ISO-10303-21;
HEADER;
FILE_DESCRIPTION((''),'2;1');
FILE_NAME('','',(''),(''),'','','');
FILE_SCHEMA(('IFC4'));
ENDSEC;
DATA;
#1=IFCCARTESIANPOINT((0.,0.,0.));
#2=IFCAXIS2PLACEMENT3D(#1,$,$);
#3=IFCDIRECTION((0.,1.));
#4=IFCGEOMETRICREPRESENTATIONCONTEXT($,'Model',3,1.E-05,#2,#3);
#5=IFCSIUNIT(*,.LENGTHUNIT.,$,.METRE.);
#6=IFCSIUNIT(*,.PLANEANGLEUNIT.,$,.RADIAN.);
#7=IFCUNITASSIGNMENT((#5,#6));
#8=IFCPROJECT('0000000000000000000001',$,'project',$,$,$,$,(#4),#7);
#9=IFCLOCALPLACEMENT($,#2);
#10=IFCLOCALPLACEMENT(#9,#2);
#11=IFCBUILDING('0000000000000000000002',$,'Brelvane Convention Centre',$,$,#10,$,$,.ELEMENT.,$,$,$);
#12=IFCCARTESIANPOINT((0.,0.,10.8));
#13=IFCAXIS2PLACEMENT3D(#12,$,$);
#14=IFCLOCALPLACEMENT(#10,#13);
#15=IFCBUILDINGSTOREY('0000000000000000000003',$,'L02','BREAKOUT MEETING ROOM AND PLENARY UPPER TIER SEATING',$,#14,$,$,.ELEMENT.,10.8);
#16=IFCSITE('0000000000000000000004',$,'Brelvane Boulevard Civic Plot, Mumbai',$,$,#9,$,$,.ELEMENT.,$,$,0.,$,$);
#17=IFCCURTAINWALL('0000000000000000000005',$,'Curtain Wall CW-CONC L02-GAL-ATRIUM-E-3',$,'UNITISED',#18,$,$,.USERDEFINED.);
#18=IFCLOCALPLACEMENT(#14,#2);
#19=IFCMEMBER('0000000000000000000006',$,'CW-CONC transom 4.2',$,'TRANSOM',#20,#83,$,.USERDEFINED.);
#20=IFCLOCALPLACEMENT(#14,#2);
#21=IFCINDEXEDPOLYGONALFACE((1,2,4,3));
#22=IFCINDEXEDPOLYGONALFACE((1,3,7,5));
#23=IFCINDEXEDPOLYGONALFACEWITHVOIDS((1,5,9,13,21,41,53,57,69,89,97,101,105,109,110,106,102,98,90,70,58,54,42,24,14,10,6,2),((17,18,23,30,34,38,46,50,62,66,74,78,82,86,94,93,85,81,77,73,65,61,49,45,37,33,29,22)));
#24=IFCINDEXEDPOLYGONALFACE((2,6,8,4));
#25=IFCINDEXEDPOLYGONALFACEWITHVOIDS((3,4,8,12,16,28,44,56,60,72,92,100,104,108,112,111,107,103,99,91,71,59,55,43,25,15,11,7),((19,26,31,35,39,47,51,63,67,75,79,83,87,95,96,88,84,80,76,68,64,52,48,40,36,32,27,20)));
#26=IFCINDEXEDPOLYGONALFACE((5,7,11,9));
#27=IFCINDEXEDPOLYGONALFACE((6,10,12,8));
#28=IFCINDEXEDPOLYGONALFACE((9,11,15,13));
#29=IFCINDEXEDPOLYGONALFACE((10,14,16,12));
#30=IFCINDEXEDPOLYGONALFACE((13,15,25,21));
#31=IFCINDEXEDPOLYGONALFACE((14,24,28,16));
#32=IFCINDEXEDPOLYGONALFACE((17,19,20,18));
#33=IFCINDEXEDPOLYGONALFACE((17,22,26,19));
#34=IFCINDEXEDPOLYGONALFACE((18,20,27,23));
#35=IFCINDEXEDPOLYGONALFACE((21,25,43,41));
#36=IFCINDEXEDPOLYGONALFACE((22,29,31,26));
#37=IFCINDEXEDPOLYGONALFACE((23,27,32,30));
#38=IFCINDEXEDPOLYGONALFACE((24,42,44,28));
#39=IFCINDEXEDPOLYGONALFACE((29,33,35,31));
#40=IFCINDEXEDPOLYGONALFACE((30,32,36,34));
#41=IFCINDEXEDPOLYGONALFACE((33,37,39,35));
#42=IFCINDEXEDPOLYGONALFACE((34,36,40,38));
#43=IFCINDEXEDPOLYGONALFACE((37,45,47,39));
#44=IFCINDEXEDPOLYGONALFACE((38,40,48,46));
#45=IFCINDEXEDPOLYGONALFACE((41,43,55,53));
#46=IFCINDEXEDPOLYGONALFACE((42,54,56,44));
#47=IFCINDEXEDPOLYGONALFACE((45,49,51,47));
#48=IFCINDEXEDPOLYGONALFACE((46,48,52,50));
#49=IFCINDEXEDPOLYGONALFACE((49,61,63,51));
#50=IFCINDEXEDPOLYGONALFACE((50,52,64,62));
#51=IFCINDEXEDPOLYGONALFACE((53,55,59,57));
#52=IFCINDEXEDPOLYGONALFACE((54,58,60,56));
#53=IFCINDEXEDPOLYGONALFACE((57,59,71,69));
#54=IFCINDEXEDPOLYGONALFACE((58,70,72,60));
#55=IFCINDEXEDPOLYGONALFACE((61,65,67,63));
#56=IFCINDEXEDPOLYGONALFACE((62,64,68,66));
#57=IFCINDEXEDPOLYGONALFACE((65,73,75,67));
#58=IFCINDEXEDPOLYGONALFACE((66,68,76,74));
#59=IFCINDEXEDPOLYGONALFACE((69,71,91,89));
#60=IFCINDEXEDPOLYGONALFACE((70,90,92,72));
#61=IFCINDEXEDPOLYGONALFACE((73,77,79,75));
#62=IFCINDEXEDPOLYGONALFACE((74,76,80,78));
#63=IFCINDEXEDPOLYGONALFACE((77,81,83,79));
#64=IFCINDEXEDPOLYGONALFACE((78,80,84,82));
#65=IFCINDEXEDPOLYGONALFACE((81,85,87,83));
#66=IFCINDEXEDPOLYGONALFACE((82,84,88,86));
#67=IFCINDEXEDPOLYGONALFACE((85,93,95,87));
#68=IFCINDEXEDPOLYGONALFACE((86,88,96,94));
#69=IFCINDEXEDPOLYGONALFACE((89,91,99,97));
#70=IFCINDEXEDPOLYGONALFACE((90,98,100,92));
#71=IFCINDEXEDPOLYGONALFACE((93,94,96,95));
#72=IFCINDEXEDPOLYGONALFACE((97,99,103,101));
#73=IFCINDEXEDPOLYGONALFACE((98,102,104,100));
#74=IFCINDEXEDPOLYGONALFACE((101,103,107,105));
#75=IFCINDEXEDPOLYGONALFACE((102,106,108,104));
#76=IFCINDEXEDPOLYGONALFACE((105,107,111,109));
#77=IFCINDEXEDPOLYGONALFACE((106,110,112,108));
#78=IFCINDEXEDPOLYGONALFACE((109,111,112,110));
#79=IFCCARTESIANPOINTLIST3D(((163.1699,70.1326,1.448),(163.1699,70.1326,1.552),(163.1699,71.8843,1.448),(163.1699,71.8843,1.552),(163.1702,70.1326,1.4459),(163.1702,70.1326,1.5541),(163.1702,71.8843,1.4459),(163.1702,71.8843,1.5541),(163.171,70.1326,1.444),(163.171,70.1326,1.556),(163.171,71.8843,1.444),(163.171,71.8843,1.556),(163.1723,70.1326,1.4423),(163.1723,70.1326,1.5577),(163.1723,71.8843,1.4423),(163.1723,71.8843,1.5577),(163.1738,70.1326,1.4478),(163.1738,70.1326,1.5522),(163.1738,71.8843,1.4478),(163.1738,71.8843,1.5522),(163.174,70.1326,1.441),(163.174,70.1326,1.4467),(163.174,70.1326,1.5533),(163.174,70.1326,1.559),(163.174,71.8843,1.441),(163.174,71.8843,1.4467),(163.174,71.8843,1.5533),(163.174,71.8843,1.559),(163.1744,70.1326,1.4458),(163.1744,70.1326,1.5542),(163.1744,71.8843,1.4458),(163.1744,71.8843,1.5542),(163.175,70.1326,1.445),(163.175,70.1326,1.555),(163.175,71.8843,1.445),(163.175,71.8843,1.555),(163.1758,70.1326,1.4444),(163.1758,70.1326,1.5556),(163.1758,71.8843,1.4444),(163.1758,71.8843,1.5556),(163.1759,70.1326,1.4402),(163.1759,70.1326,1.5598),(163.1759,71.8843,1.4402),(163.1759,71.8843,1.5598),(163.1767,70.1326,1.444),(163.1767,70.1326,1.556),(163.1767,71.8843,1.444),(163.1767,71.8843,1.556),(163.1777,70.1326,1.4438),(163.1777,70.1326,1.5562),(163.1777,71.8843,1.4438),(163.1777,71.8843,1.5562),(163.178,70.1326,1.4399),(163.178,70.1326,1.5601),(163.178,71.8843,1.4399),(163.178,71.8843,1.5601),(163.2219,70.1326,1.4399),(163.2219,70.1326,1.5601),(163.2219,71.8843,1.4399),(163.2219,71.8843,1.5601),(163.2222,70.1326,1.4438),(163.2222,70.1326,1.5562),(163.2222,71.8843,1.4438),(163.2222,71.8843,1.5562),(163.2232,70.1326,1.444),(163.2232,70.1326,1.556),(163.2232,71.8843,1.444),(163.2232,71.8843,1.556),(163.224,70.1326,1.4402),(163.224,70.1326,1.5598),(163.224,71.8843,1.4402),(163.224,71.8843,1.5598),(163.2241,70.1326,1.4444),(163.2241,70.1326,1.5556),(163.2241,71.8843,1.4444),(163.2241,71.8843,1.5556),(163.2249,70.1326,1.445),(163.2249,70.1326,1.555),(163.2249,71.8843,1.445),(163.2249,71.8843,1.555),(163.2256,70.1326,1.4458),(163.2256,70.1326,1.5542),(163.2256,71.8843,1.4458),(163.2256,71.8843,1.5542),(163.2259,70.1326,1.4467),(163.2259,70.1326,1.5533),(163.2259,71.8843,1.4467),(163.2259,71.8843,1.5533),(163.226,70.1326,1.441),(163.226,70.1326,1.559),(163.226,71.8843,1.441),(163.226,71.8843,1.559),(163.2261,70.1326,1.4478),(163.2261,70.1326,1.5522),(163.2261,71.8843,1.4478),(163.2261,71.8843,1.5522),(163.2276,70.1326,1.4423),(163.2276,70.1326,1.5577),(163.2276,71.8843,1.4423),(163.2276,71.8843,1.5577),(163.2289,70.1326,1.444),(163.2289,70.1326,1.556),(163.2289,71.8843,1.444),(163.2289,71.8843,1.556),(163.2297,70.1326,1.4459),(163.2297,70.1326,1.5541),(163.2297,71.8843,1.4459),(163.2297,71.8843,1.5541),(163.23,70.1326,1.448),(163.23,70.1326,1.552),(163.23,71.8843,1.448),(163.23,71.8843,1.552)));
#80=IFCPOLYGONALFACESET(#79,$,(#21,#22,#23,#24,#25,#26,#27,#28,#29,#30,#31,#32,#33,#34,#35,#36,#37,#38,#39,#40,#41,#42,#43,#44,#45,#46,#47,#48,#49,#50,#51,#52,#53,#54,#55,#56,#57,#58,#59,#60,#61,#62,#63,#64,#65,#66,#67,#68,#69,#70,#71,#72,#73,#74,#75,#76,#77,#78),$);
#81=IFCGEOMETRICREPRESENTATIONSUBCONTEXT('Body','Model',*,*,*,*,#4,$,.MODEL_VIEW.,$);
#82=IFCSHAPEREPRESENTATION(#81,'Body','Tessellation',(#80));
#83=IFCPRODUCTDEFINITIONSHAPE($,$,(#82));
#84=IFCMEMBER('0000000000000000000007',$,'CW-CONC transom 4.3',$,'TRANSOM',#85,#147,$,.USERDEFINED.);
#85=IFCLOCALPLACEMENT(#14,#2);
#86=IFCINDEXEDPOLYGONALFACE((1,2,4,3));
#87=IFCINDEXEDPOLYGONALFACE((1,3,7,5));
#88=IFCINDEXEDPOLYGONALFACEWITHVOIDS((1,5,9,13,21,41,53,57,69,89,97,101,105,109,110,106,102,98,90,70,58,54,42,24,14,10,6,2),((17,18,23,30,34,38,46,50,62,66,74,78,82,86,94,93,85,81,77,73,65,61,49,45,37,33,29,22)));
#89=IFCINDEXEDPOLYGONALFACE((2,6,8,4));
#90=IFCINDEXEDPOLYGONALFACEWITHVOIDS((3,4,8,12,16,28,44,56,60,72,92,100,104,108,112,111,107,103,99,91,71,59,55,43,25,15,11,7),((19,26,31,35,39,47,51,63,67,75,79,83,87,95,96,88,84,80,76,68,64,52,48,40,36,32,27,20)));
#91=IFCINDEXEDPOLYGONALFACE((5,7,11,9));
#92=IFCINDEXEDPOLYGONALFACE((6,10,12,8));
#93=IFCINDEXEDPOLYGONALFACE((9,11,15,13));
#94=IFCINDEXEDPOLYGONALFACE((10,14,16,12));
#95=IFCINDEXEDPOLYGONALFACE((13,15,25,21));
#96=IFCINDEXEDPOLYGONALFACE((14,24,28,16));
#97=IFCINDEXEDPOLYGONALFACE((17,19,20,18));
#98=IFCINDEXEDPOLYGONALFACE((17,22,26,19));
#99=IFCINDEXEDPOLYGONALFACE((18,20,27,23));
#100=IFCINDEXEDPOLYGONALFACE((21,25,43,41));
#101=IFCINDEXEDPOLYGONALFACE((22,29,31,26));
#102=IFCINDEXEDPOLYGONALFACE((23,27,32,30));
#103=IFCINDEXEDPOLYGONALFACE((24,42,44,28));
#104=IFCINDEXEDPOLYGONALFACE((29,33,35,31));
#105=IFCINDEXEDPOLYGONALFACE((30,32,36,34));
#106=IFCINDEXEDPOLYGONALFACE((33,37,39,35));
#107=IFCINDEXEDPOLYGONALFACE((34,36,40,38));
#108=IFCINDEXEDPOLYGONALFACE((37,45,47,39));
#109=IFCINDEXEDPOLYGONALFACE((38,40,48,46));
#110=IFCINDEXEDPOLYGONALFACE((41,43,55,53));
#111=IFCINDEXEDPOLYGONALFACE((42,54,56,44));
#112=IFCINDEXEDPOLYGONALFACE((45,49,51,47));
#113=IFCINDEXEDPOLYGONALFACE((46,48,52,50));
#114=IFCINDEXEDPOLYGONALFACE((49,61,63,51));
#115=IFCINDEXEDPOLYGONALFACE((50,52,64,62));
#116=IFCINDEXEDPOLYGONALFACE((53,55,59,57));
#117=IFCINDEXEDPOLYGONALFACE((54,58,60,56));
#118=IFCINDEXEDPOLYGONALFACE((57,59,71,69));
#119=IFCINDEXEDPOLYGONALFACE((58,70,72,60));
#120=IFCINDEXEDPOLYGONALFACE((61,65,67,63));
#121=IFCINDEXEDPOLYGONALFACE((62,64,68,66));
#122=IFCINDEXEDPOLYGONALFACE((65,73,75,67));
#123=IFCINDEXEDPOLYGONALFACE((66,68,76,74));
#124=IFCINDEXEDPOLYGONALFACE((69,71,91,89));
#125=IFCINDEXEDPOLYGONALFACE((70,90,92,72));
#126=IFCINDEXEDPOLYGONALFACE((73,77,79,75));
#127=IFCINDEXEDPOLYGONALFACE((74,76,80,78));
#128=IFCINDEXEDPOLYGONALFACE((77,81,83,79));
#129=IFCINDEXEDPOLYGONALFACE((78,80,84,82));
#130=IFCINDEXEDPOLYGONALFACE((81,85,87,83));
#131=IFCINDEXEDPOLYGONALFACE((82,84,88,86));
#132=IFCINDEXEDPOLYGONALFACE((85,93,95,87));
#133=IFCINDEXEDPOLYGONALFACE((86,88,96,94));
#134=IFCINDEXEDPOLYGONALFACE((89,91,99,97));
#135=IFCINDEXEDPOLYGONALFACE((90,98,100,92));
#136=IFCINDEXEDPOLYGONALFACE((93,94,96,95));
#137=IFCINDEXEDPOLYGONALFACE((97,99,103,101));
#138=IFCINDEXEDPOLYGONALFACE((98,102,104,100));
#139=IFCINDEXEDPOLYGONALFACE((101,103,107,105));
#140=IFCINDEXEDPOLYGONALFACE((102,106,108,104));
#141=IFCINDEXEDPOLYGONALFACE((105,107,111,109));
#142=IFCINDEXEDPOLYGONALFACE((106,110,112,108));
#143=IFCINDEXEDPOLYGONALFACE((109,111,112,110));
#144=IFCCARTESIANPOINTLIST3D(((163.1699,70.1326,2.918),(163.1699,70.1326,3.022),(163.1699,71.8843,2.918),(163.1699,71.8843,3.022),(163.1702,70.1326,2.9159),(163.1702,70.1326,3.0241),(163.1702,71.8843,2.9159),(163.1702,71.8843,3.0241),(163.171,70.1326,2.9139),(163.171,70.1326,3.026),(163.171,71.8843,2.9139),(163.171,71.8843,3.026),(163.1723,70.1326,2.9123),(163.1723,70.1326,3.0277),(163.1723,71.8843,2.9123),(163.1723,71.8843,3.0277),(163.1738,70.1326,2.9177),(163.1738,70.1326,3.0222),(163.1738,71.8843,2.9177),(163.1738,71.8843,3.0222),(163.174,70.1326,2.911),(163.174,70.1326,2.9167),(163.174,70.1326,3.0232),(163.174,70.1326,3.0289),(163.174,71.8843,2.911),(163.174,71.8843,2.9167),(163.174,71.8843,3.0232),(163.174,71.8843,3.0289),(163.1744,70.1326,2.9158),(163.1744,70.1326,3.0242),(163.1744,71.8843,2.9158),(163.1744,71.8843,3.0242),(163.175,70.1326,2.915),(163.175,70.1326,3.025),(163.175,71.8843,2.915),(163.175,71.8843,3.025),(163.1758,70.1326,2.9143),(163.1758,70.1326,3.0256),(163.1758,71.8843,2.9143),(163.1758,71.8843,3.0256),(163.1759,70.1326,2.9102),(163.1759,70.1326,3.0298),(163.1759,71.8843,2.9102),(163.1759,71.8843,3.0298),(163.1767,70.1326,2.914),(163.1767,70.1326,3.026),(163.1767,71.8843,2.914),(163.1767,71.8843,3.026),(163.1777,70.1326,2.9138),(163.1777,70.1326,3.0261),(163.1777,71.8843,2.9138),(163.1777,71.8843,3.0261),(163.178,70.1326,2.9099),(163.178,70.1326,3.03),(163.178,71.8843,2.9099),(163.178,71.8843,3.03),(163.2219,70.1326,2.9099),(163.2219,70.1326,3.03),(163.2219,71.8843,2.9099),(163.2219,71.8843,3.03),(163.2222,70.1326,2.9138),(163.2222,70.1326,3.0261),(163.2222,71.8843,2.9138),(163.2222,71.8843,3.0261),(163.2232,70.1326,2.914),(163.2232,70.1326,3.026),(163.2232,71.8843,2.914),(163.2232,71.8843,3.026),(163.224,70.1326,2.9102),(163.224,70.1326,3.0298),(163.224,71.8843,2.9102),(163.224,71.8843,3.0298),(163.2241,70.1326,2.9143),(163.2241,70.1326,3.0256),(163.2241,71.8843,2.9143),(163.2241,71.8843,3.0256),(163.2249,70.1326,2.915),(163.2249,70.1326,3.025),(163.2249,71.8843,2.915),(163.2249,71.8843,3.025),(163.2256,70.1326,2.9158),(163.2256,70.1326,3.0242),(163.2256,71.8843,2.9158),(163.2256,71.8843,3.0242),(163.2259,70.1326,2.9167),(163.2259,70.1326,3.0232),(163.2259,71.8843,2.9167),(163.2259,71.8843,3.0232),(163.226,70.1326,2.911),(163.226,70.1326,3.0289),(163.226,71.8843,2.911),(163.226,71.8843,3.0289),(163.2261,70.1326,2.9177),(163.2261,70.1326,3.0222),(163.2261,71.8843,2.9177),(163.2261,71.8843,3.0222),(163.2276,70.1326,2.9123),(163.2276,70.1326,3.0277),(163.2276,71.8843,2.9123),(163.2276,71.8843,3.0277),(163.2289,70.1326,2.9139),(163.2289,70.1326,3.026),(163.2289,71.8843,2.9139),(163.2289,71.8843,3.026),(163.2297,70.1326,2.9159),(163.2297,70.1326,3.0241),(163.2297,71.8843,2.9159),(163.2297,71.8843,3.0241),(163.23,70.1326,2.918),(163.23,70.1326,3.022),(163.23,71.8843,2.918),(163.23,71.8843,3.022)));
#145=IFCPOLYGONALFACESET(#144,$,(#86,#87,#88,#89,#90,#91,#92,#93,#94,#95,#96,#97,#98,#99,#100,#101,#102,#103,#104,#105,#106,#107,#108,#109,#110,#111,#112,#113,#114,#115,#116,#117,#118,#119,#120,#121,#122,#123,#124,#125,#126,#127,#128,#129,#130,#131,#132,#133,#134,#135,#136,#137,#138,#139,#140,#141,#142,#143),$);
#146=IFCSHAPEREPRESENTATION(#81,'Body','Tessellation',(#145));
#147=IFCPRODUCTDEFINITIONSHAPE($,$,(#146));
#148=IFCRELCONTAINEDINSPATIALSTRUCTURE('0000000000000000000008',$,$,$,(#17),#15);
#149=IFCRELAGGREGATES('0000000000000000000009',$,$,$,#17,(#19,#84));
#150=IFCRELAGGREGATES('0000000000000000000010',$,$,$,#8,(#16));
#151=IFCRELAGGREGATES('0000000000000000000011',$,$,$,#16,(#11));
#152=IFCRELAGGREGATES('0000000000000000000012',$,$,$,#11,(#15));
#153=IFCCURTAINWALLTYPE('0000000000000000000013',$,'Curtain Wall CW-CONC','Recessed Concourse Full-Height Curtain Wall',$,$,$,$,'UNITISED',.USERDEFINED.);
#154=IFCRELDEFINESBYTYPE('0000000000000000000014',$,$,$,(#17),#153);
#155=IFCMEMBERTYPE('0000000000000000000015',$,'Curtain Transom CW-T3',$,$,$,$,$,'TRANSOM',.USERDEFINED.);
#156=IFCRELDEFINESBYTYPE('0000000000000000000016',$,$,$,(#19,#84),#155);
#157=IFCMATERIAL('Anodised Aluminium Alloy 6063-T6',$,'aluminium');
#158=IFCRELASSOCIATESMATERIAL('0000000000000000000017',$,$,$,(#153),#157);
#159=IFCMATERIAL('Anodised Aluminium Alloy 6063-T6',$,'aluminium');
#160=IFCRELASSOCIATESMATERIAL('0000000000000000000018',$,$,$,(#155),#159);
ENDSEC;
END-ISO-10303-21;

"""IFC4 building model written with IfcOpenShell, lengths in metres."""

from ifc_helpers import new_model, si_unit, direction, frame, origin, origin_2d, place, context, subcontext, project, spatial, hollow_rectangle, extrude, material, material_profile, profile_set, type_object, element, aggregate, save


model = new_model("IFC4")

# Units and contexts
model_context = context("Model", 3, precision=1e-05, world=origin(), true_north=direction((0.0, 1.0)))
body_context = subcontext(model_context, "Body", "Model", "MODEL_VIEW")
ifc_project = project(units=[si_unit("LENGTHUNIT", "METRE"), si_unit("PLANEANGLEUNIT", "RADIAN")], contexts=[model_context])

# Site, building, storey
site_placement = place(None, origin())
site = spatial("IfcSite", under=ifc_project, at=site_placement, Name="Brelvane Boulevard Civic Plot, Mumbai", CompositionType="ELEMENT", RefElevation=0.0)
building_placement = place(site_placement, origin())
building = spatial("IfcBuilding", under=site, at=building_placement, Name="Brelvane Convention Centre", CompositionType="ELEMENT")
storey_placement = place(building_placement, frame((0.0, 0.0, 10.8)))
storey = spatial("IfcBuildingStorey", under=building, at=storey_placement, Name="L02", Description="BREAKOUT MEETING ROOM AND PLENARY UPPER TIER SEATING", CompositionType="ELEMENT", Elevation=10.8)

# Curtain wall, members
ifc_material_1 = material(Name="Anodised Aluminium Alloy 6063-T6", Category="aluminium")
curtain_wall_type = type_object("IfcCurtainWallType", Name="Curtain Wall CW-CONC", Description="Recessed Concourse Full-Height Curtain Wall", ElementType="UNITISED", PredefinedType="USERDEFINED", material=ifc_material_1)
curtain_wall_placement = place(storey_placement, origin())
curtain_wall = element("IfcCurtainWall", 1, at=curtain_wall_placement, inside=storey, type_object=curtain_wall_type, Name="Curtain Wall CW-CONC L02-GAL-ATRIUM-E-3", ObjectType="UNITISED", PredefinedType="USERDEFINED")
ifc_material_2 = material(Name="Anodised Aluminium Alloy 6063-T6", Category="aluminium")
ifc_material_profile_1 = material_profile(ifc_material_2, hollow_rectangle(XDim=0.0601, YDim=0.1201, WallThickness=0.0039, InnerFilletRadius=0.0039, OuterFilletRadius=0.0081, at=origin_2d()), Name="ALU-T 120x60x4.0")
ifc_profile_set_1 = profile_set([ifc_material_profile_1], Name="Anodised Aluminium Alloy 6063-T6")
member_type_1 = type_object("IfcMemberType", Name="Curtain Transom CW-T3", ElementType="TRANSOM", PredefinedType="USERDEFINED", material=ifc_profile_set_1)
member_1_placement = place(storey_placement, frame((163.2, 70.1326, 1.5), z_axis=(0.0, 1.0, 0.0), x_axis=(-1.0, 0.0, 0.0)))
member_1 = element("IfcMember", 2, at=member_1_placement, type_object=member_type_1, Name="CW-CONC transom 4.2", ObjectType="TRANSOM", PredefinedType="USERDEFINED", context=body_context, shape_type="SweptSolid", body=[
    extrude(hollow_rectangle(XDim=0.0601, YDim=0.1201, WallThickness=0.0039, InnerFilletRadius=0.0039, OuterFilletRadius=0.0081, at=origin_2d()), origin(), (0.0, 0.0, 1.0), 1.7517),
])
member_2_placement = place(storey_placement, frame((163.2, 70.1326, 2.97), z_axis=(0.0, 1.0, 0.0), x_axis=(-1.0, 0.0, 0.0)))
member_2 = element("IfcMember", 3, at=member_2_placement, type_object=member_type_1, Name="CW-CONC transom 4.3", ObjectType="TRANSOM", PredefinedType="USERDEFINED", context=body_context, shape_type="SweptSolid", body=[
    extrude(hollow_rectangle(XDim=0.0601, YDim=0.1201, WallThickness=0.0039, InnerFilletRadius=0.0039, OuterFilletRadius=0.0081, at=origin_2d()), origin(), (0.0, 0.0, 1.0), 1.7517),
])

aggregate(curtain_wall, [member_1, member_2])

save(model, "model.ifc")
